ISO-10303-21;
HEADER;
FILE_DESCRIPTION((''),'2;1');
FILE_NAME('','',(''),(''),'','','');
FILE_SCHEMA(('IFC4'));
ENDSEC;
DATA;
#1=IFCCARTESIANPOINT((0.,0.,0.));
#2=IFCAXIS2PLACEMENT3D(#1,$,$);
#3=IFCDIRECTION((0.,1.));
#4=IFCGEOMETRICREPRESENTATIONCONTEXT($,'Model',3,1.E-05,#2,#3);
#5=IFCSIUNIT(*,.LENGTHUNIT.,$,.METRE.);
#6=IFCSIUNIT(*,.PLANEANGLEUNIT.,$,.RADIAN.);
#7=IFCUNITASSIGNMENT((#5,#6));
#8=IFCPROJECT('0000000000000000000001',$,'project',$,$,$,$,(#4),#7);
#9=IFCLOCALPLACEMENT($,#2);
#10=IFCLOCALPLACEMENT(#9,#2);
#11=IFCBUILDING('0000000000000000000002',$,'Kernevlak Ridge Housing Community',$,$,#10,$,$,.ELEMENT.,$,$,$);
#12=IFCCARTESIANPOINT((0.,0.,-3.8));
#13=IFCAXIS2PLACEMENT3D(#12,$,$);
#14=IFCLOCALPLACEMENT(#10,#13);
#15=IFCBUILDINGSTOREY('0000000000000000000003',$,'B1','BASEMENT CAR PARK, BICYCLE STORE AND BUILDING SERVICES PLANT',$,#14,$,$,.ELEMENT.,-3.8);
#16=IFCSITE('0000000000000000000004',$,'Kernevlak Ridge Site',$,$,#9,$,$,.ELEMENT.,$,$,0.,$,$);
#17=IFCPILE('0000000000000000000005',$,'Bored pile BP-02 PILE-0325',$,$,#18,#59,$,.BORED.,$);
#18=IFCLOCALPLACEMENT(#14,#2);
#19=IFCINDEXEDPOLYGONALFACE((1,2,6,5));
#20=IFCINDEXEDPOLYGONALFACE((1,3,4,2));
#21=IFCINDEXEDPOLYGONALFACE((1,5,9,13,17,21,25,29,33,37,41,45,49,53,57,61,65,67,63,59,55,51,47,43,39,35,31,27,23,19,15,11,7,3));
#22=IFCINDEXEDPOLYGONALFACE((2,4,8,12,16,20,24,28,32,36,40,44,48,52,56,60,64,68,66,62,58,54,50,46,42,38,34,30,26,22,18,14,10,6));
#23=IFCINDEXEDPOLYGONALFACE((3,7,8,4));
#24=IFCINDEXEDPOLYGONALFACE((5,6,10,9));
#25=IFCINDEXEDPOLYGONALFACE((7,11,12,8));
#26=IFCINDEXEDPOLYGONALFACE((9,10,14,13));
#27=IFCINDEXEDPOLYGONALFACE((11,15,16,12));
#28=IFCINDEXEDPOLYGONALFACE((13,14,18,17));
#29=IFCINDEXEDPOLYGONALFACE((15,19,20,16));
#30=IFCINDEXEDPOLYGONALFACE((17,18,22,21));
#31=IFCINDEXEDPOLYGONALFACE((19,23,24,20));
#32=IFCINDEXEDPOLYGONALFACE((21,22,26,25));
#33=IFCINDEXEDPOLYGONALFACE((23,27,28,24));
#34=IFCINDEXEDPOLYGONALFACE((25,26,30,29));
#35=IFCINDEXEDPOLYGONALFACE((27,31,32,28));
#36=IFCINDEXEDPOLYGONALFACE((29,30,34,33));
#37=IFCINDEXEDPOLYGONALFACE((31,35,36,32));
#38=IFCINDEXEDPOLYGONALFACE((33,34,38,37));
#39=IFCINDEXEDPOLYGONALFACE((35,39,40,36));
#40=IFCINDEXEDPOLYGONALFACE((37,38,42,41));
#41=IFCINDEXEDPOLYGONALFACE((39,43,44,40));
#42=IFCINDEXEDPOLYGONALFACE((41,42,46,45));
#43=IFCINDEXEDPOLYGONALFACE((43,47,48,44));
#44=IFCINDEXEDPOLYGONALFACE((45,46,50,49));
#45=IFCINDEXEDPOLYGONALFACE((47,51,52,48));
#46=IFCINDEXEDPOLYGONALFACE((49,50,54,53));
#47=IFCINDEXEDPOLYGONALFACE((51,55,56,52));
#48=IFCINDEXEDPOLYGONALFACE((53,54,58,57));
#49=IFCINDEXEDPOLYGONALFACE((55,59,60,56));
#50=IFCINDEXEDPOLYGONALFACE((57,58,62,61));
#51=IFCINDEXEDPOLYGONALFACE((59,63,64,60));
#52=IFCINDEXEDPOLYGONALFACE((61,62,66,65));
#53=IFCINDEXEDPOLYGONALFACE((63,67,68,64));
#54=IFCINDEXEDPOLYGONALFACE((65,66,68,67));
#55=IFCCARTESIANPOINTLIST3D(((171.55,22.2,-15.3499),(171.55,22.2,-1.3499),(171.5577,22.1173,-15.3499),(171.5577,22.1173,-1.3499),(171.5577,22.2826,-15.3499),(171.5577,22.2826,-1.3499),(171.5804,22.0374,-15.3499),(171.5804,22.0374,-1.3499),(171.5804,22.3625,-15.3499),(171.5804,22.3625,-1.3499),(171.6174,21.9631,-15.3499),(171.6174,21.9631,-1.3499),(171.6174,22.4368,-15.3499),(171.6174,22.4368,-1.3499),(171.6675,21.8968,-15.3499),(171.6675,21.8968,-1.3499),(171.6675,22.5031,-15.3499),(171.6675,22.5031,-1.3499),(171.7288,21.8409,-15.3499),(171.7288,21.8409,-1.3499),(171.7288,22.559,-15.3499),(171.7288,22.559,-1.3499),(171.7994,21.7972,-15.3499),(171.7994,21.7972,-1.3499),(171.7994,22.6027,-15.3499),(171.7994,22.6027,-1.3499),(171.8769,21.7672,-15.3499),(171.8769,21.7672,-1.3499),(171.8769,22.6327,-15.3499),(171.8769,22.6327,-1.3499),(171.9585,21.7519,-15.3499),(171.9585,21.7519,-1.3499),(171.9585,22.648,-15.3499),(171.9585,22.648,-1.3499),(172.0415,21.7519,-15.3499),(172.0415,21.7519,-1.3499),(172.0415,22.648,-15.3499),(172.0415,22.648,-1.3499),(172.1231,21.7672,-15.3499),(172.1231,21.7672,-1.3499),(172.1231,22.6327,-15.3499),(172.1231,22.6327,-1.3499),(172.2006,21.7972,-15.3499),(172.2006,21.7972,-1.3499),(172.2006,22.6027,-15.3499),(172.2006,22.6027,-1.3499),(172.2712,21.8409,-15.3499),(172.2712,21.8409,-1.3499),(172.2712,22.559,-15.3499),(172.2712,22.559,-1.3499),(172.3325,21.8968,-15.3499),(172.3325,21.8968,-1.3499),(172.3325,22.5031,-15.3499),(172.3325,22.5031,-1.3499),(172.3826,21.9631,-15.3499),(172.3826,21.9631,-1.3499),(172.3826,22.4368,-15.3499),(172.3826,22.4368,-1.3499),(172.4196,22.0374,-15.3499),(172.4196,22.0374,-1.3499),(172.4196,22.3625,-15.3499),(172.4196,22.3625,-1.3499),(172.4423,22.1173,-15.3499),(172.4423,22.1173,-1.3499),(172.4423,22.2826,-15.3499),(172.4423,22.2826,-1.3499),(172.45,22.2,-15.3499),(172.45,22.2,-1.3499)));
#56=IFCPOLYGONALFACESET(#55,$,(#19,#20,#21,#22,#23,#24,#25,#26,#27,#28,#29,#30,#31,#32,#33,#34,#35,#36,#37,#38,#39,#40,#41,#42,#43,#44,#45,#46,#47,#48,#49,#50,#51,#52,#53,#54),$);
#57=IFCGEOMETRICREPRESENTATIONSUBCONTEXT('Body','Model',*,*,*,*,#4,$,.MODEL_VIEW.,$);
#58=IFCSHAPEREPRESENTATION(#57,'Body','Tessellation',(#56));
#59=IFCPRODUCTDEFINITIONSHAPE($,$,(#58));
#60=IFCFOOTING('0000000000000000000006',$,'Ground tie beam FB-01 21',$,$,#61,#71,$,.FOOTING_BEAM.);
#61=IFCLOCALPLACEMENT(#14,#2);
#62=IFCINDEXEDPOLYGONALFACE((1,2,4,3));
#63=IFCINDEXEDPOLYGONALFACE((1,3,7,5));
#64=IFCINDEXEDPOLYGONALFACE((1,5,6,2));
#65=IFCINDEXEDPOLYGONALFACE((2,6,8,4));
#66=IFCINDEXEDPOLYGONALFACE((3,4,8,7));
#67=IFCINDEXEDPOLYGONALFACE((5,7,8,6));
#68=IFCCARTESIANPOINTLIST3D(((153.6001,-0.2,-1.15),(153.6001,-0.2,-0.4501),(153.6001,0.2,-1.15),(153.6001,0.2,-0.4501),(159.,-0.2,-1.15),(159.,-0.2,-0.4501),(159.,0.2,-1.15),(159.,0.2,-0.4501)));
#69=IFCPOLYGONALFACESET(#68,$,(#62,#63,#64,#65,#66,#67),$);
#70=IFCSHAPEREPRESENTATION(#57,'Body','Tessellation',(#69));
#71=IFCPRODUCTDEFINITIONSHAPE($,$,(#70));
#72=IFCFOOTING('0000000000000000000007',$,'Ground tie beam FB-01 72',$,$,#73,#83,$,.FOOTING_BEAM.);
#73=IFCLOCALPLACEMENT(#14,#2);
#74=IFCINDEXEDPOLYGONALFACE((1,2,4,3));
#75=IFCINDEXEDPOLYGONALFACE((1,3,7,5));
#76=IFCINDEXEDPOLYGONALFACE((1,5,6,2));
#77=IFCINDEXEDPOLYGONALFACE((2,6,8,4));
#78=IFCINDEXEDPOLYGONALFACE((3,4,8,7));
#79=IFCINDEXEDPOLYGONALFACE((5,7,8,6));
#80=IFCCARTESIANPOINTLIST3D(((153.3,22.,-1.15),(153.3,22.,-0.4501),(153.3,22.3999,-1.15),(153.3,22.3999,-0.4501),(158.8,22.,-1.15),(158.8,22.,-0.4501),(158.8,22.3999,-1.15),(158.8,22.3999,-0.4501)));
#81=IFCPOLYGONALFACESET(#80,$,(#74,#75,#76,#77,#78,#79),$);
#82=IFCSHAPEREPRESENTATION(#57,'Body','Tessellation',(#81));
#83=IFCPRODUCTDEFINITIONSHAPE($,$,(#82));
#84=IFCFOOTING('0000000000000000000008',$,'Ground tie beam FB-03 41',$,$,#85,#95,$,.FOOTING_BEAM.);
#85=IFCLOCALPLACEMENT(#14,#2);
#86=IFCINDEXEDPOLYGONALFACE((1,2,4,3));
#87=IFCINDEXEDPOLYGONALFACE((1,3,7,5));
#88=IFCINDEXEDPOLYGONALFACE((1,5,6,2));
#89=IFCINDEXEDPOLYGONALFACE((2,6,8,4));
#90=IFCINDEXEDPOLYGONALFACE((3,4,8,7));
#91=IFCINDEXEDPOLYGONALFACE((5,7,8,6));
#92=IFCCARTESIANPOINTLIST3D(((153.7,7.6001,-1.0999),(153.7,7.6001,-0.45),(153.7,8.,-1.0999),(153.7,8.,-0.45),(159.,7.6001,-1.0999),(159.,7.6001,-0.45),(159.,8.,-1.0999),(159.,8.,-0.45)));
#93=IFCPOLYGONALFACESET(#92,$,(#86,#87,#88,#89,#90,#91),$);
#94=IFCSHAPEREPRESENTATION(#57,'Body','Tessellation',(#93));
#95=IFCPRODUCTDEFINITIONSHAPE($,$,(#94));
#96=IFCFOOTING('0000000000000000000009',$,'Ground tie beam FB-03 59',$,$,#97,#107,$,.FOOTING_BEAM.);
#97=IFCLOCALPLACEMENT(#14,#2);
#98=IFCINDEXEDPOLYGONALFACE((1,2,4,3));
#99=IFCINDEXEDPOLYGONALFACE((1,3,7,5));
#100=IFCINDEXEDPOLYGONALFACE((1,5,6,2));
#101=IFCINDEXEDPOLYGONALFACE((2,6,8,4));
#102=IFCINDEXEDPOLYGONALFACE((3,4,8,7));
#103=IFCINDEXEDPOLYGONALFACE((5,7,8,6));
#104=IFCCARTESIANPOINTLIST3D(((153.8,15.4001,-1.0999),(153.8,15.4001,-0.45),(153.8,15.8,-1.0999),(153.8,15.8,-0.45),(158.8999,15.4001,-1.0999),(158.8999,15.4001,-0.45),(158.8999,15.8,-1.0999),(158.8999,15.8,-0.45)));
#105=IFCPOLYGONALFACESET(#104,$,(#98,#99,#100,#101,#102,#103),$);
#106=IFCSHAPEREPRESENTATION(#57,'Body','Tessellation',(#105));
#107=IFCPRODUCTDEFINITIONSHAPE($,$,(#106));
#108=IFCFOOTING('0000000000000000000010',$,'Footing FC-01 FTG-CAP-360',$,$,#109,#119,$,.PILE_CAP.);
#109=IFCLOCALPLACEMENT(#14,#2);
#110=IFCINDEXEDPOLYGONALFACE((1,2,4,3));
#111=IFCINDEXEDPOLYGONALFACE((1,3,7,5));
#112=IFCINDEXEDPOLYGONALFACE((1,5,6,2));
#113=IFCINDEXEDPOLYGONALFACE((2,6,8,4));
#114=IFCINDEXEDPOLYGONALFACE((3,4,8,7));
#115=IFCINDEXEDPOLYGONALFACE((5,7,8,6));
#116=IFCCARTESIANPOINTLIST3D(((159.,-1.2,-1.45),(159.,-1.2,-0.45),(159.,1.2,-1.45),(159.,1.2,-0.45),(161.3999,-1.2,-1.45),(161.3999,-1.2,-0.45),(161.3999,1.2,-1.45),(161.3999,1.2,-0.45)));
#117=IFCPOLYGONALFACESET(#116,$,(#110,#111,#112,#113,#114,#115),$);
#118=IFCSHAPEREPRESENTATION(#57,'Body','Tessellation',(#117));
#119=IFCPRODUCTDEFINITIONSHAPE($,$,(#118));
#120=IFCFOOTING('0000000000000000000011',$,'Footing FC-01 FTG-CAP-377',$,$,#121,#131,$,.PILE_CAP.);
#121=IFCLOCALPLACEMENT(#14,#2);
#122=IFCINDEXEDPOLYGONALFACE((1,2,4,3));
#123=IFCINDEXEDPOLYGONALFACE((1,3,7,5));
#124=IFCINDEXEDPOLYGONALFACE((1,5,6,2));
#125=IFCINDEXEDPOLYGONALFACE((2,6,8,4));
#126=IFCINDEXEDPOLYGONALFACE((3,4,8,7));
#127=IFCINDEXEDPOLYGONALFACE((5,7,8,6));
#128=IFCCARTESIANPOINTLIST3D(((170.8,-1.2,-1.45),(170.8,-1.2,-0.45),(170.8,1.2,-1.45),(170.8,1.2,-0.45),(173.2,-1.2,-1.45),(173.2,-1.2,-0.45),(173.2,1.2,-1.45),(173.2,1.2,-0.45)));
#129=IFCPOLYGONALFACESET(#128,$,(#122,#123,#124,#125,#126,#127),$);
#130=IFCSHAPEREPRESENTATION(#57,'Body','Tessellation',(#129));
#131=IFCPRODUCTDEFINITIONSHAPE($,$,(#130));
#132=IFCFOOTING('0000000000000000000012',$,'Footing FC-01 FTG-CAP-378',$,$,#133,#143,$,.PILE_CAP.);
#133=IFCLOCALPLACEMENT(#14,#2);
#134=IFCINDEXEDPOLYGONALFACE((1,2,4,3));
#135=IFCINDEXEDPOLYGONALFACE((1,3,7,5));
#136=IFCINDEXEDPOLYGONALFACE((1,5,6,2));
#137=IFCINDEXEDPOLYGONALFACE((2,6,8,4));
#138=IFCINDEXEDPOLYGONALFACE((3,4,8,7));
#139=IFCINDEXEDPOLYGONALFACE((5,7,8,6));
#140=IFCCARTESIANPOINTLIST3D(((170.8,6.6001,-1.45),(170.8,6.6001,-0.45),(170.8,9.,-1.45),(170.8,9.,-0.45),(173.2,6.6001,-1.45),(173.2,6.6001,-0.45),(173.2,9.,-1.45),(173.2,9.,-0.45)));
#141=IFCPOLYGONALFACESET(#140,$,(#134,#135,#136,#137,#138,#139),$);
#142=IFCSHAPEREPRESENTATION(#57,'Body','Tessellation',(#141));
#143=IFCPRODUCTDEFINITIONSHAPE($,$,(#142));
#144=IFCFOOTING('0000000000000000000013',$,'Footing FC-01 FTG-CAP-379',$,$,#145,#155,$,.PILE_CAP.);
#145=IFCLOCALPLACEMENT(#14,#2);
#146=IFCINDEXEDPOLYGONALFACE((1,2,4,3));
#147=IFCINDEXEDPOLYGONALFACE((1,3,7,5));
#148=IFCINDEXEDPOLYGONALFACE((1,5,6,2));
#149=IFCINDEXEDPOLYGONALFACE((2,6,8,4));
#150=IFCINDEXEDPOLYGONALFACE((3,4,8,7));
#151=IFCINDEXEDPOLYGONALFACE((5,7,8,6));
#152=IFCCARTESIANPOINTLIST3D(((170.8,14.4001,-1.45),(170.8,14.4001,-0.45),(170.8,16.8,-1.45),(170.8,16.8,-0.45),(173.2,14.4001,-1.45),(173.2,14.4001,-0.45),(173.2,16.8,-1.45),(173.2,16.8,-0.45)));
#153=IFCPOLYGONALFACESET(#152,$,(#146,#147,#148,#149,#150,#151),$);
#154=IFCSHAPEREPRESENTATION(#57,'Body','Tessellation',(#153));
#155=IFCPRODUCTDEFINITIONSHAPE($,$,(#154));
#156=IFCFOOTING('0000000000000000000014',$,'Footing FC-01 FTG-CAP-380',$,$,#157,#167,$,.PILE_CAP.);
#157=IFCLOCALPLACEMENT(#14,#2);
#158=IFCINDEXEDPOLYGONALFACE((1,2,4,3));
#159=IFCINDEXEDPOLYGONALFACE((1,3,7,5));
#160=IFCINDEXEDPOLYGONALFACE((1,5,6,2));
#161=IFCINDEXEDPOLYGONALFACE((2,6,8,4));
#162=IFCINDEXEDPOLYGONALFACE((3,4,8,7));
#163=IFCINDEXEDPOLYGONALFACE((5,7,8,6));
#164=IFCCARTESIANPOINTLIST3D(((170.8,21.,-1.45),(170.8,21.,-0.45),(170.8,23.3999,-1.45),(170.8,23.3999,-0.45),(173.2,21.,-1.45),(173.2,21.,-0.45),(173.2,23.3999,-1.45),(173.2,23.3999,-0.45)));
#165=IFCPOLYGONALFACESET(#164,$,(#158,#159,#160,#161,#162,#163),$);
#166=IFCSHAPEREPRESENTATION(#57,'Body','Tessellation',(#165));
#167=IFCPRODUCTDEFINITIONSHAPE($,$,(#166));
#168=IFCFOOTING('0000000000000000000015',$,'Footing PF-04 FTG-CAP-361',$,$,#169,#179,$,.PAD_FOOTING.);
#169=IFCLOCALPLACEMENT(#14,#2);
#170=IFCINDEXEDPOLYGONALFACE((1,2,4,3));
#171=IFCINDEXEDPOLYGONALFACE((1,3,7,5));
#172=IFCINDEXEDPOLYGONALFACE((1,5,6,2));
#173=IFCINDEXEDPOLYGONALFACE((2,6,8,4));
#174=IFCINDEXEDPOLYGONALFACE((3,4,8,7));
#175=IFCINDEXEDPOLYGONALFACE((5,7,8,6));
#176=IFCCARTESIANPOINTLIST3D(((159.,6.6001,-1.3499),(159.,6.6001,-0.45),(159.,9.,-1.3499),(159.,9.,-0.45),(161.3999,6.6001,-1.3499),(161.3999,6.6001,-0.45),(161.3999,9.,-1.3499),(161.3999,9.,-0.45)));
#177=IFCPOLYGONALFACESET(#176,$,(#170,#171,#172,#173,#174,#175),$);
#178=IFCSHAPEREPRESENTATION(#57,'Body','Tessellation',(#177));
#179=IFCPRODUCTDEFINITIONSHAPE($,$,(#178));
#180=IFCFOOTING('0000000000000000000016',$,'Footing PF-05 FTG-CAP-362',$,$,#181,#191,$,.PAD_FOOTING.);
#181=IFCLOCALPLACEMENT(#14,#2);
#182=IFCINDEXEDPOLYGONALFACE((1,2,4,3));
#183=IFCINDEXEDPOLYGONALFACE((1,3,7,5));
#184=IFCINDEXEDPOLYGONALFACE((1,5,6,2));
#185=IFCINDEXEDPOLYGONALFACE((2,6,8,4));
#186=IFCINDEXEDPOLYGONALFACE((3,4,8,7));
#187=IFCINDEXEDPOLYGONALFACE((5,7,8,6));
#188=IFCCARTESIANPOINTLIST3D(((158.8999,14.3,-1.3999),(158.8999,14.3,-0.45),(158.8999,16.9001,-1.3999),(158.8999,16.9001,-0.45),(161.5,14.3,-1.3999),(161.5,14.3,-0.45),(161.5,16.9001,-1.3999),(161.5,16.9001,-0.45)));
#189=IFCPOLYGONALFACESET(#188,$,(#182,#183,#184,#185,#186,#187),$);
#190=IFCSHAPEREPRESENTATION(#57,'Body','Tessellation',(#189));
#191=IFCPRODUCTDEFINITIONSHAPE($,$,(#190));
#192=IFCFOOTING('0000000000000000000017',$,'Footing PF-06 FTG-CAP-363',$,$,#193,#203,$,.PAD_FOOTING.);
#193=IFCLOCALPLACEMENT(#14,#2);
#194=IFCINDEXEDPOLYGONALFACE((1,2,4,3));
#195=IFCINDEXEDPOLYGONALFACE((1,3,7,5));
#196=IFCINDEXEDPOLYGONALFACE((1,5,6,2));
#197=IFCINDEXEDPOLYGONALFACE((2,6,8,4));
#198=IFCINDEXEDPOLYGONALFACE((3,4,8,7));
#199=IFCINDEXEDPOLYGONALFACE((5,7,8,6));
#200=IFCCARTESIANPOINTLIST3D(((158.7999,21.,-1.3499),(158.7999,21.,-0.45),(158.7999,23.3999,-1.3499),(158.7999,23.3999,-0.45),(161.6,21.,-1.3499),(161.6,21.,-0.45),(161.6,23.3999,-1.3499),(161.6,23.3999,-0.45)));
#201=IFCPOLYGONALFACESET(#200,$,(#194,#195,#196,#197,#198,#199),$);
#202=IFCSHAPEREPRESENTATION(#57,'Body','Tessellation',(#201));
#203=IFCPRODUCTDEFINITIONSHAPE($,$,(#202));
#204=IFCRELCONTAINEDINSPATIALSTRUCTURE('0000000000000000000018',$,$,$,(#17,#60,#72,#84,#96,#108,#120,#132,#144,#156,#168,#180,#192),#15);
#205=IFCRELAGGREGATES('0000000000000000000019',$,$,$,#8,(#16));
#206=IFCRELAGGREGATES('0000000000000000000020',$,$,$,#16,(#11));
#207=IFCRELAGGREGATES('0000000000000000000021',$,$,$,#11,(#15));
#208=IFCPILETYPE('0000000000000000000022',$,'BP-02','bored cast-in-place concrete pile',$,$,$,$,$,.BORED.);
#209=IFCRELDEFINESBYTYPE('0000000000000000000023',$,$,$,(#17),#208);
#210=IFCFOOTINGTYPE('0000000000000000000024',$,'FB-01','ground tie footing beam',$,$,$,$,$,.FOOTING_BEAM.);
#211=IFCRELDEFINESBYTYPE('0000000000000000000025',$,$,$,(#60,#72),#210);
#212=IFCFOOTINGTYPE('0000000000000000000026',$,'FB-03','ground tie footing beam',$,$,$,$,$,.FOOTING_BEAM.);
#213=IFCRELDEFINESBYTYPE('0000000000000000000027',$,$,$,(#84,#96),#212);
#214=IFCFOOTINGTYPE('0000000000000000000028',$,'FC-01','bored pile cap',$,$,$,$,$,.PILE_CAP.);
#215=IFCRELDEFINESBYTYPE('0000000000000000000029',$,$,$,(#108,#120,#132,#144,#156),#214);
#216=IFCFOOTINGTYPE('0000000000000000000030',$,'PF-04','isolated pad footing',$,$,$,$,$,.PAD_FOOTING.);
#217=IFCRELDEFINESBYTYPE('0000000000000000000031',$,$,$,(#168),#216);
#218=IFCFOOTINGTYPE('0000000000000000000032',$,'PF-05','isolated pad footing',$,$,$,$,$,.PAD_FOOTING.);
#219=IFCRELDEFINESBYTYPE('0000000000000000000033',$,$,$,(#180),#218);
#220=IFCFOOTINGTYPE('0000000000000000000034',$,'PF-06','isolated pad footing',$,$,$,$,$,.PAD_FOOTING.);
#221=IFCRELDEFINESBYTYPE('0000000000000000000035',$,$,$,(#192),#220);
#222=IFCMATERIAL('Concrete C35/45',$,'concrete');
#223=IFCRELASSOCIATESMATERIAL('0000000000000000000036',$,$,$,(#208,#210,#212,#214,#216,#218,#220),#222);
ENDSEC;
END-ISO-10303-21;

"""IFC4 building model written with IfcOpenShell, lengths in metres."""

from ifc_helpers import new_model, si_unit, direction, frame, origin, origin_2d, place, context, subcontext, project, spatial, rectangle, circle, extrude, material, material_profile, profile_set, type_object, element, save


model = new_model("IFC4")

# Units and contexts
model_context = context("Model", 3, precision=1e-05, world=origin(), true_north=direction((0.0, 1.0)))
body_context = subcontext(model_context, "Body", "Model", "MODEL_VIEW")
ifc_project = project(units=[si_unit("LENGTHUNIT", "METRE"), si_unit("PLANEANGLEUNIT", "RADIAN")], contexts=[model_context])

# Site, building, storey
site_placement = place(None, origin())
site = spatial("IfcSite", under=ifc_project, at=site_placement, Name="Kernevlak Ridge Site", CompositionType="ELEMENT", RefElevation=0.0)
building_placement = place(site_placement, origin())
building = spatial("IfcBuilding", under=site, at=building_placement, Name="Kernevlak Ridge Housing Community", CompositionType="ELEMENT")
storey_placement = place(building_placement, frame((0.0, 0.0, -3.8)))
storey = spatial("IfcBuildingStorey", under=building, at=storey_placement, Name="B1", Description="BASEMENT CAR PARK, BICYCLE STORE AND BUILDING SERVICES PLANT", CompositionType="ELEMENT", Elevation=-3.8)

# Pile
ifc_material_1 = material(Name="Concrete C35/45", Category="concrete")
ifc_material_profile_1 = material_profile(ifc_material_1, circle(Radius=0.45, at=origin_2d()), Name="BORED PILE 900")
ifc_profile_set_1 = profile_set([ifc_material_profile_1], Name="Concrete C35/45")
pile_type = type_object("IfcPileType", Name="BP-02", Description="bored cast-in-place concrete pile", PredefinedType="BORED", material=ifc_profile_set_1)
for number, where, z_axis, x_axis, name in (
    (1, (172.0, 22.2, -1.3499), (0.0, 0.0, -1.0), (1.0, 0.0, 0.0), "Bored pile BP-02 PILE-0325"),
):
    element("IfcPile", number, at=place(storey_placement, frame(where, z_axis=z_axis, x_axis=x_axis)), inside=storey, type_object=pile_type, Name=name, PredefinedType="BORED", context=body_context, shape_type="SweptSolid", body=[
        extrude(circle(Radius=0.45, at=origin_2d()), origin(), (0.0, 0.0, 1.0), 14.0),
    ])

# Footings
ifc_material_profile_2 = material_profile(ifc_material_1, rectangle(XDim=0.3999, YDim=0.7, at=origin_2d()), Name="RC 400x700")
ifc_profile_set_2 = profile_set([ifc_material_profile_2], Name="Concrete C35/45")
footing_type_1 = type_object("IfcFootingType", Name="FB-01", Description="ground tie footing beam", PredefinedType="FOOTING_BEAM", material=ifc_profile_set_2)
footing_1_placement = place(storey_placement, frame((153.6001, 0.0, -0.8), z_axis=(1.0, 0.0, 0.0), x_axis=(0.0, 1.0, 0.0)))
element("IfcFooting", 2, at=footing_1_placement, inside=storey, type_object=footing_type_1, Name="Ground tie beam FB-01 21", PredefinedType="FOOTING_BEAM", context=body_context, shape_type="SweptSolid", body=[
    extrude(rectangle(XDim=0.3999, YDim=0.7, at=origin_2d()), origin(), (0.0, 0.0, 1.0), 5.3999),
])
footing_2_placement = place(storey_placement, frame((153.3, 22.2, -0.8), z_axis=(1.0, 0.0, 0.0), x_axis=(0.0, 1.0, 0.0)))
element("IfcFooting", 3, at=footing_2_placement, inside=storey, type_object=footing_type_1, Name="Ground tie beam FB-01 72", PredefinedType="FOOTING_BEAM", context=body_context, shape_type="SweptSolid", body=[
    extrude(rectangle(XDim=0.3999, YDim=0.7, at=origin_2d()), origin(), (0.0, 0.0, 1.0), 5.5),
])
ifc_material_profile_3 = material_profile(ifc_material_1, rectangle(XDim=0.3999, YDim=0.6499, at=origin_2d()), Name="RC 400x650")
ifc_profile_set_3 = profile_set([ifc_material_profile_3], Name="Concrete C35/45")
footing_type_2 = type_object("IfcFootingType", Name="FB-03", Description="ground tie footing beam", PredefinedType="FOOTING_BEAM", material=ifc_profile_set_3)
footing_3_placement = place(storey_placement, frame((153.7, 7.8, -0.7749), z_axis=(1.0, 0.0, 0.0), x_axis=(0.0, 1.0, 0.0)))
element("IfcFooting", 4, at=footing_3_placement, inside=storey, type_object=footing_type_2, Name="Ground tie beam FB-03 41", PredefinedType="FOOTING_BEAM", context=body_context, shape_type="SweptSolid", body=[
    extrude(rectangle(XDim=0.3999, YDim=0.6499, at=origin_2d()), origin(), (0.0, 0.0, 1.0), 5.3),
])
footing_4_placement = place(storey_placement, frame((153.8, 15.6001, -0.7749), z_axis=(1.0, 0.0, 0.0), x_axis=(0.0, 1.0, 0.0)))
element("IfcFooting", 5, at=footing_4_placement, inside=storey, type_object=footing_type_2, Name="Ground tie beam FB-03 59", PredefinedType="FOOTING_BEAM", context=body_context, shape_type="SweptSolid", body=[
    extrude(rectangle(XDim=0.3999, YDim=0.6499, at=origin_2d()), origin(), (0.0, 0.0, 1.0), 5.0999),
])
footing_type_3 = type_object("IfcFootingType", Name="FC-01", Description="bored pile cap", PredefinedType="PILE_CAP", material=ifc_material_1)
for number, where, z_axis, x_axis, name in (
    (6, (160.2, 0.0, -1.45), (0.0, 0.0, 1.0), (1.0, 0.0, 0.0), "Footing FC-01 FTG-CAP-360"),
    (7, (172.0, 0.0, -1.45), (0.0, 0.0, 1.0), (1.0, 0.0, 0.0), "Footing FC-01 FTG-CAP-377"),
    (8, (172.0, 7.8, -1.45), (0.0, 0.0, 1.0), (1.0, 0.0, 0.0), "Footing FC-01 FTG-CAP-378"),
    (9, (172.0, 15.6001, -1.45), (0.0, 0.0, 1.0), (1.0, 0.0, 0.0), "Footing FC-01 FTG-CAP-379"),
    (10, (172.0, 22.2, -1.45), (0.0, 0.0, 1.0), (1.0, 0.0, 0.0), "Footing FC-01 FTG-CAP-380"),
):
    element("IfcFooting", number, at=place(storey_placement, frame(where, z_axis=z_axis, x_axis=x_axis)), inside=storey, type_object=footing_type_3, Name=name, PredefinedType="PILE_CAP", context=body_context, shape_type="SweptSolid", body=[
        extrude(rectangle(XDim=2.3999, YDim=2.3999, at=origin_2d()), origin(), (0.0, 0.0, 1.0), 1.0),
    ])
footing_type_4 = type_object("IfcFootingType", Name="PF-04", Description="isolated pad footing", PredefinedType="PAD_FOOTING", material=ifc_material_1)
footing_5_placement = place(storey_placement, frame((160.2, 7.8, -1.3499), z_axis=(0.0, 0.0, 1.0), x_axis=(1.0, 0.0, 0.0)))
element("IfcFooting", 11, at=footing_5_placement, inside=storey, type_object=footing_type_4, Name="Footing PF-04 FTG-CAP-361", PredefinedType="PAD_FOOTING", context=body_context, shape_type="SweptSolid", body=[
    extrude(rectangle(XDim=2.3999, YDim=2.3999, at=origin_2d()), origin(), (0.0, 0.0, 1.0), 0.8999),
])
footing_type_5 = type_object("IfcFootingType", Name="PF-05", Description="isolated pad footing", PredefinedType="PAD_FOOTING", material=ifc_material_1)
footing_6_placement = place(storey_placement, frame((160.2, 15.6001, -1.3999), z_axis=(0.0, 0.0, 1.0), x_axis=(1.0, 0.0, 0.0)))
element("IfcFooting", 12, at=footing_6_placement, inside=storey, type_object=footing_type_5, Name="Footing PF-05 FTG-CAP-362", PredefinedType="PAD_FOOTING", context=body_context, shape_type="SweptSolid", body=[
    extrude(rectangle(XDim=2.6001, YDim=2.6001, at=origin_2d()), origin(), (0.0, 0.0, 1.0), 0.95),
])
footing_type_6 = type_object("IfcFootingType", Name="PF-06", Description="isolated pad footing", PredefinedType="PAD_FOOTING", material=ifc_material_1)
footing_7_placement = place(storey_placement, frame((160.2, 22.2, -1.3499), z_axis=(0.0, 0.0, 1.0), x_axis=(1.0, 0.0, 0.0)))
element("IfcFooting", 13, at=footing_7_placement, inside=storey, type_object=footing_type_6, Name="Footing PF-06 FTG-CAP-363", PredefinedType="PAD_FOOTING", context=body_context, shape_type="SweptSolid", body=[
    extrude(rectangle(XDim=2.8, YDim=2.3999, at=origin_2d()), origin(), (0.0, 0.0, 1.0), 0.8999),
])

save(model, "model.ifc")
